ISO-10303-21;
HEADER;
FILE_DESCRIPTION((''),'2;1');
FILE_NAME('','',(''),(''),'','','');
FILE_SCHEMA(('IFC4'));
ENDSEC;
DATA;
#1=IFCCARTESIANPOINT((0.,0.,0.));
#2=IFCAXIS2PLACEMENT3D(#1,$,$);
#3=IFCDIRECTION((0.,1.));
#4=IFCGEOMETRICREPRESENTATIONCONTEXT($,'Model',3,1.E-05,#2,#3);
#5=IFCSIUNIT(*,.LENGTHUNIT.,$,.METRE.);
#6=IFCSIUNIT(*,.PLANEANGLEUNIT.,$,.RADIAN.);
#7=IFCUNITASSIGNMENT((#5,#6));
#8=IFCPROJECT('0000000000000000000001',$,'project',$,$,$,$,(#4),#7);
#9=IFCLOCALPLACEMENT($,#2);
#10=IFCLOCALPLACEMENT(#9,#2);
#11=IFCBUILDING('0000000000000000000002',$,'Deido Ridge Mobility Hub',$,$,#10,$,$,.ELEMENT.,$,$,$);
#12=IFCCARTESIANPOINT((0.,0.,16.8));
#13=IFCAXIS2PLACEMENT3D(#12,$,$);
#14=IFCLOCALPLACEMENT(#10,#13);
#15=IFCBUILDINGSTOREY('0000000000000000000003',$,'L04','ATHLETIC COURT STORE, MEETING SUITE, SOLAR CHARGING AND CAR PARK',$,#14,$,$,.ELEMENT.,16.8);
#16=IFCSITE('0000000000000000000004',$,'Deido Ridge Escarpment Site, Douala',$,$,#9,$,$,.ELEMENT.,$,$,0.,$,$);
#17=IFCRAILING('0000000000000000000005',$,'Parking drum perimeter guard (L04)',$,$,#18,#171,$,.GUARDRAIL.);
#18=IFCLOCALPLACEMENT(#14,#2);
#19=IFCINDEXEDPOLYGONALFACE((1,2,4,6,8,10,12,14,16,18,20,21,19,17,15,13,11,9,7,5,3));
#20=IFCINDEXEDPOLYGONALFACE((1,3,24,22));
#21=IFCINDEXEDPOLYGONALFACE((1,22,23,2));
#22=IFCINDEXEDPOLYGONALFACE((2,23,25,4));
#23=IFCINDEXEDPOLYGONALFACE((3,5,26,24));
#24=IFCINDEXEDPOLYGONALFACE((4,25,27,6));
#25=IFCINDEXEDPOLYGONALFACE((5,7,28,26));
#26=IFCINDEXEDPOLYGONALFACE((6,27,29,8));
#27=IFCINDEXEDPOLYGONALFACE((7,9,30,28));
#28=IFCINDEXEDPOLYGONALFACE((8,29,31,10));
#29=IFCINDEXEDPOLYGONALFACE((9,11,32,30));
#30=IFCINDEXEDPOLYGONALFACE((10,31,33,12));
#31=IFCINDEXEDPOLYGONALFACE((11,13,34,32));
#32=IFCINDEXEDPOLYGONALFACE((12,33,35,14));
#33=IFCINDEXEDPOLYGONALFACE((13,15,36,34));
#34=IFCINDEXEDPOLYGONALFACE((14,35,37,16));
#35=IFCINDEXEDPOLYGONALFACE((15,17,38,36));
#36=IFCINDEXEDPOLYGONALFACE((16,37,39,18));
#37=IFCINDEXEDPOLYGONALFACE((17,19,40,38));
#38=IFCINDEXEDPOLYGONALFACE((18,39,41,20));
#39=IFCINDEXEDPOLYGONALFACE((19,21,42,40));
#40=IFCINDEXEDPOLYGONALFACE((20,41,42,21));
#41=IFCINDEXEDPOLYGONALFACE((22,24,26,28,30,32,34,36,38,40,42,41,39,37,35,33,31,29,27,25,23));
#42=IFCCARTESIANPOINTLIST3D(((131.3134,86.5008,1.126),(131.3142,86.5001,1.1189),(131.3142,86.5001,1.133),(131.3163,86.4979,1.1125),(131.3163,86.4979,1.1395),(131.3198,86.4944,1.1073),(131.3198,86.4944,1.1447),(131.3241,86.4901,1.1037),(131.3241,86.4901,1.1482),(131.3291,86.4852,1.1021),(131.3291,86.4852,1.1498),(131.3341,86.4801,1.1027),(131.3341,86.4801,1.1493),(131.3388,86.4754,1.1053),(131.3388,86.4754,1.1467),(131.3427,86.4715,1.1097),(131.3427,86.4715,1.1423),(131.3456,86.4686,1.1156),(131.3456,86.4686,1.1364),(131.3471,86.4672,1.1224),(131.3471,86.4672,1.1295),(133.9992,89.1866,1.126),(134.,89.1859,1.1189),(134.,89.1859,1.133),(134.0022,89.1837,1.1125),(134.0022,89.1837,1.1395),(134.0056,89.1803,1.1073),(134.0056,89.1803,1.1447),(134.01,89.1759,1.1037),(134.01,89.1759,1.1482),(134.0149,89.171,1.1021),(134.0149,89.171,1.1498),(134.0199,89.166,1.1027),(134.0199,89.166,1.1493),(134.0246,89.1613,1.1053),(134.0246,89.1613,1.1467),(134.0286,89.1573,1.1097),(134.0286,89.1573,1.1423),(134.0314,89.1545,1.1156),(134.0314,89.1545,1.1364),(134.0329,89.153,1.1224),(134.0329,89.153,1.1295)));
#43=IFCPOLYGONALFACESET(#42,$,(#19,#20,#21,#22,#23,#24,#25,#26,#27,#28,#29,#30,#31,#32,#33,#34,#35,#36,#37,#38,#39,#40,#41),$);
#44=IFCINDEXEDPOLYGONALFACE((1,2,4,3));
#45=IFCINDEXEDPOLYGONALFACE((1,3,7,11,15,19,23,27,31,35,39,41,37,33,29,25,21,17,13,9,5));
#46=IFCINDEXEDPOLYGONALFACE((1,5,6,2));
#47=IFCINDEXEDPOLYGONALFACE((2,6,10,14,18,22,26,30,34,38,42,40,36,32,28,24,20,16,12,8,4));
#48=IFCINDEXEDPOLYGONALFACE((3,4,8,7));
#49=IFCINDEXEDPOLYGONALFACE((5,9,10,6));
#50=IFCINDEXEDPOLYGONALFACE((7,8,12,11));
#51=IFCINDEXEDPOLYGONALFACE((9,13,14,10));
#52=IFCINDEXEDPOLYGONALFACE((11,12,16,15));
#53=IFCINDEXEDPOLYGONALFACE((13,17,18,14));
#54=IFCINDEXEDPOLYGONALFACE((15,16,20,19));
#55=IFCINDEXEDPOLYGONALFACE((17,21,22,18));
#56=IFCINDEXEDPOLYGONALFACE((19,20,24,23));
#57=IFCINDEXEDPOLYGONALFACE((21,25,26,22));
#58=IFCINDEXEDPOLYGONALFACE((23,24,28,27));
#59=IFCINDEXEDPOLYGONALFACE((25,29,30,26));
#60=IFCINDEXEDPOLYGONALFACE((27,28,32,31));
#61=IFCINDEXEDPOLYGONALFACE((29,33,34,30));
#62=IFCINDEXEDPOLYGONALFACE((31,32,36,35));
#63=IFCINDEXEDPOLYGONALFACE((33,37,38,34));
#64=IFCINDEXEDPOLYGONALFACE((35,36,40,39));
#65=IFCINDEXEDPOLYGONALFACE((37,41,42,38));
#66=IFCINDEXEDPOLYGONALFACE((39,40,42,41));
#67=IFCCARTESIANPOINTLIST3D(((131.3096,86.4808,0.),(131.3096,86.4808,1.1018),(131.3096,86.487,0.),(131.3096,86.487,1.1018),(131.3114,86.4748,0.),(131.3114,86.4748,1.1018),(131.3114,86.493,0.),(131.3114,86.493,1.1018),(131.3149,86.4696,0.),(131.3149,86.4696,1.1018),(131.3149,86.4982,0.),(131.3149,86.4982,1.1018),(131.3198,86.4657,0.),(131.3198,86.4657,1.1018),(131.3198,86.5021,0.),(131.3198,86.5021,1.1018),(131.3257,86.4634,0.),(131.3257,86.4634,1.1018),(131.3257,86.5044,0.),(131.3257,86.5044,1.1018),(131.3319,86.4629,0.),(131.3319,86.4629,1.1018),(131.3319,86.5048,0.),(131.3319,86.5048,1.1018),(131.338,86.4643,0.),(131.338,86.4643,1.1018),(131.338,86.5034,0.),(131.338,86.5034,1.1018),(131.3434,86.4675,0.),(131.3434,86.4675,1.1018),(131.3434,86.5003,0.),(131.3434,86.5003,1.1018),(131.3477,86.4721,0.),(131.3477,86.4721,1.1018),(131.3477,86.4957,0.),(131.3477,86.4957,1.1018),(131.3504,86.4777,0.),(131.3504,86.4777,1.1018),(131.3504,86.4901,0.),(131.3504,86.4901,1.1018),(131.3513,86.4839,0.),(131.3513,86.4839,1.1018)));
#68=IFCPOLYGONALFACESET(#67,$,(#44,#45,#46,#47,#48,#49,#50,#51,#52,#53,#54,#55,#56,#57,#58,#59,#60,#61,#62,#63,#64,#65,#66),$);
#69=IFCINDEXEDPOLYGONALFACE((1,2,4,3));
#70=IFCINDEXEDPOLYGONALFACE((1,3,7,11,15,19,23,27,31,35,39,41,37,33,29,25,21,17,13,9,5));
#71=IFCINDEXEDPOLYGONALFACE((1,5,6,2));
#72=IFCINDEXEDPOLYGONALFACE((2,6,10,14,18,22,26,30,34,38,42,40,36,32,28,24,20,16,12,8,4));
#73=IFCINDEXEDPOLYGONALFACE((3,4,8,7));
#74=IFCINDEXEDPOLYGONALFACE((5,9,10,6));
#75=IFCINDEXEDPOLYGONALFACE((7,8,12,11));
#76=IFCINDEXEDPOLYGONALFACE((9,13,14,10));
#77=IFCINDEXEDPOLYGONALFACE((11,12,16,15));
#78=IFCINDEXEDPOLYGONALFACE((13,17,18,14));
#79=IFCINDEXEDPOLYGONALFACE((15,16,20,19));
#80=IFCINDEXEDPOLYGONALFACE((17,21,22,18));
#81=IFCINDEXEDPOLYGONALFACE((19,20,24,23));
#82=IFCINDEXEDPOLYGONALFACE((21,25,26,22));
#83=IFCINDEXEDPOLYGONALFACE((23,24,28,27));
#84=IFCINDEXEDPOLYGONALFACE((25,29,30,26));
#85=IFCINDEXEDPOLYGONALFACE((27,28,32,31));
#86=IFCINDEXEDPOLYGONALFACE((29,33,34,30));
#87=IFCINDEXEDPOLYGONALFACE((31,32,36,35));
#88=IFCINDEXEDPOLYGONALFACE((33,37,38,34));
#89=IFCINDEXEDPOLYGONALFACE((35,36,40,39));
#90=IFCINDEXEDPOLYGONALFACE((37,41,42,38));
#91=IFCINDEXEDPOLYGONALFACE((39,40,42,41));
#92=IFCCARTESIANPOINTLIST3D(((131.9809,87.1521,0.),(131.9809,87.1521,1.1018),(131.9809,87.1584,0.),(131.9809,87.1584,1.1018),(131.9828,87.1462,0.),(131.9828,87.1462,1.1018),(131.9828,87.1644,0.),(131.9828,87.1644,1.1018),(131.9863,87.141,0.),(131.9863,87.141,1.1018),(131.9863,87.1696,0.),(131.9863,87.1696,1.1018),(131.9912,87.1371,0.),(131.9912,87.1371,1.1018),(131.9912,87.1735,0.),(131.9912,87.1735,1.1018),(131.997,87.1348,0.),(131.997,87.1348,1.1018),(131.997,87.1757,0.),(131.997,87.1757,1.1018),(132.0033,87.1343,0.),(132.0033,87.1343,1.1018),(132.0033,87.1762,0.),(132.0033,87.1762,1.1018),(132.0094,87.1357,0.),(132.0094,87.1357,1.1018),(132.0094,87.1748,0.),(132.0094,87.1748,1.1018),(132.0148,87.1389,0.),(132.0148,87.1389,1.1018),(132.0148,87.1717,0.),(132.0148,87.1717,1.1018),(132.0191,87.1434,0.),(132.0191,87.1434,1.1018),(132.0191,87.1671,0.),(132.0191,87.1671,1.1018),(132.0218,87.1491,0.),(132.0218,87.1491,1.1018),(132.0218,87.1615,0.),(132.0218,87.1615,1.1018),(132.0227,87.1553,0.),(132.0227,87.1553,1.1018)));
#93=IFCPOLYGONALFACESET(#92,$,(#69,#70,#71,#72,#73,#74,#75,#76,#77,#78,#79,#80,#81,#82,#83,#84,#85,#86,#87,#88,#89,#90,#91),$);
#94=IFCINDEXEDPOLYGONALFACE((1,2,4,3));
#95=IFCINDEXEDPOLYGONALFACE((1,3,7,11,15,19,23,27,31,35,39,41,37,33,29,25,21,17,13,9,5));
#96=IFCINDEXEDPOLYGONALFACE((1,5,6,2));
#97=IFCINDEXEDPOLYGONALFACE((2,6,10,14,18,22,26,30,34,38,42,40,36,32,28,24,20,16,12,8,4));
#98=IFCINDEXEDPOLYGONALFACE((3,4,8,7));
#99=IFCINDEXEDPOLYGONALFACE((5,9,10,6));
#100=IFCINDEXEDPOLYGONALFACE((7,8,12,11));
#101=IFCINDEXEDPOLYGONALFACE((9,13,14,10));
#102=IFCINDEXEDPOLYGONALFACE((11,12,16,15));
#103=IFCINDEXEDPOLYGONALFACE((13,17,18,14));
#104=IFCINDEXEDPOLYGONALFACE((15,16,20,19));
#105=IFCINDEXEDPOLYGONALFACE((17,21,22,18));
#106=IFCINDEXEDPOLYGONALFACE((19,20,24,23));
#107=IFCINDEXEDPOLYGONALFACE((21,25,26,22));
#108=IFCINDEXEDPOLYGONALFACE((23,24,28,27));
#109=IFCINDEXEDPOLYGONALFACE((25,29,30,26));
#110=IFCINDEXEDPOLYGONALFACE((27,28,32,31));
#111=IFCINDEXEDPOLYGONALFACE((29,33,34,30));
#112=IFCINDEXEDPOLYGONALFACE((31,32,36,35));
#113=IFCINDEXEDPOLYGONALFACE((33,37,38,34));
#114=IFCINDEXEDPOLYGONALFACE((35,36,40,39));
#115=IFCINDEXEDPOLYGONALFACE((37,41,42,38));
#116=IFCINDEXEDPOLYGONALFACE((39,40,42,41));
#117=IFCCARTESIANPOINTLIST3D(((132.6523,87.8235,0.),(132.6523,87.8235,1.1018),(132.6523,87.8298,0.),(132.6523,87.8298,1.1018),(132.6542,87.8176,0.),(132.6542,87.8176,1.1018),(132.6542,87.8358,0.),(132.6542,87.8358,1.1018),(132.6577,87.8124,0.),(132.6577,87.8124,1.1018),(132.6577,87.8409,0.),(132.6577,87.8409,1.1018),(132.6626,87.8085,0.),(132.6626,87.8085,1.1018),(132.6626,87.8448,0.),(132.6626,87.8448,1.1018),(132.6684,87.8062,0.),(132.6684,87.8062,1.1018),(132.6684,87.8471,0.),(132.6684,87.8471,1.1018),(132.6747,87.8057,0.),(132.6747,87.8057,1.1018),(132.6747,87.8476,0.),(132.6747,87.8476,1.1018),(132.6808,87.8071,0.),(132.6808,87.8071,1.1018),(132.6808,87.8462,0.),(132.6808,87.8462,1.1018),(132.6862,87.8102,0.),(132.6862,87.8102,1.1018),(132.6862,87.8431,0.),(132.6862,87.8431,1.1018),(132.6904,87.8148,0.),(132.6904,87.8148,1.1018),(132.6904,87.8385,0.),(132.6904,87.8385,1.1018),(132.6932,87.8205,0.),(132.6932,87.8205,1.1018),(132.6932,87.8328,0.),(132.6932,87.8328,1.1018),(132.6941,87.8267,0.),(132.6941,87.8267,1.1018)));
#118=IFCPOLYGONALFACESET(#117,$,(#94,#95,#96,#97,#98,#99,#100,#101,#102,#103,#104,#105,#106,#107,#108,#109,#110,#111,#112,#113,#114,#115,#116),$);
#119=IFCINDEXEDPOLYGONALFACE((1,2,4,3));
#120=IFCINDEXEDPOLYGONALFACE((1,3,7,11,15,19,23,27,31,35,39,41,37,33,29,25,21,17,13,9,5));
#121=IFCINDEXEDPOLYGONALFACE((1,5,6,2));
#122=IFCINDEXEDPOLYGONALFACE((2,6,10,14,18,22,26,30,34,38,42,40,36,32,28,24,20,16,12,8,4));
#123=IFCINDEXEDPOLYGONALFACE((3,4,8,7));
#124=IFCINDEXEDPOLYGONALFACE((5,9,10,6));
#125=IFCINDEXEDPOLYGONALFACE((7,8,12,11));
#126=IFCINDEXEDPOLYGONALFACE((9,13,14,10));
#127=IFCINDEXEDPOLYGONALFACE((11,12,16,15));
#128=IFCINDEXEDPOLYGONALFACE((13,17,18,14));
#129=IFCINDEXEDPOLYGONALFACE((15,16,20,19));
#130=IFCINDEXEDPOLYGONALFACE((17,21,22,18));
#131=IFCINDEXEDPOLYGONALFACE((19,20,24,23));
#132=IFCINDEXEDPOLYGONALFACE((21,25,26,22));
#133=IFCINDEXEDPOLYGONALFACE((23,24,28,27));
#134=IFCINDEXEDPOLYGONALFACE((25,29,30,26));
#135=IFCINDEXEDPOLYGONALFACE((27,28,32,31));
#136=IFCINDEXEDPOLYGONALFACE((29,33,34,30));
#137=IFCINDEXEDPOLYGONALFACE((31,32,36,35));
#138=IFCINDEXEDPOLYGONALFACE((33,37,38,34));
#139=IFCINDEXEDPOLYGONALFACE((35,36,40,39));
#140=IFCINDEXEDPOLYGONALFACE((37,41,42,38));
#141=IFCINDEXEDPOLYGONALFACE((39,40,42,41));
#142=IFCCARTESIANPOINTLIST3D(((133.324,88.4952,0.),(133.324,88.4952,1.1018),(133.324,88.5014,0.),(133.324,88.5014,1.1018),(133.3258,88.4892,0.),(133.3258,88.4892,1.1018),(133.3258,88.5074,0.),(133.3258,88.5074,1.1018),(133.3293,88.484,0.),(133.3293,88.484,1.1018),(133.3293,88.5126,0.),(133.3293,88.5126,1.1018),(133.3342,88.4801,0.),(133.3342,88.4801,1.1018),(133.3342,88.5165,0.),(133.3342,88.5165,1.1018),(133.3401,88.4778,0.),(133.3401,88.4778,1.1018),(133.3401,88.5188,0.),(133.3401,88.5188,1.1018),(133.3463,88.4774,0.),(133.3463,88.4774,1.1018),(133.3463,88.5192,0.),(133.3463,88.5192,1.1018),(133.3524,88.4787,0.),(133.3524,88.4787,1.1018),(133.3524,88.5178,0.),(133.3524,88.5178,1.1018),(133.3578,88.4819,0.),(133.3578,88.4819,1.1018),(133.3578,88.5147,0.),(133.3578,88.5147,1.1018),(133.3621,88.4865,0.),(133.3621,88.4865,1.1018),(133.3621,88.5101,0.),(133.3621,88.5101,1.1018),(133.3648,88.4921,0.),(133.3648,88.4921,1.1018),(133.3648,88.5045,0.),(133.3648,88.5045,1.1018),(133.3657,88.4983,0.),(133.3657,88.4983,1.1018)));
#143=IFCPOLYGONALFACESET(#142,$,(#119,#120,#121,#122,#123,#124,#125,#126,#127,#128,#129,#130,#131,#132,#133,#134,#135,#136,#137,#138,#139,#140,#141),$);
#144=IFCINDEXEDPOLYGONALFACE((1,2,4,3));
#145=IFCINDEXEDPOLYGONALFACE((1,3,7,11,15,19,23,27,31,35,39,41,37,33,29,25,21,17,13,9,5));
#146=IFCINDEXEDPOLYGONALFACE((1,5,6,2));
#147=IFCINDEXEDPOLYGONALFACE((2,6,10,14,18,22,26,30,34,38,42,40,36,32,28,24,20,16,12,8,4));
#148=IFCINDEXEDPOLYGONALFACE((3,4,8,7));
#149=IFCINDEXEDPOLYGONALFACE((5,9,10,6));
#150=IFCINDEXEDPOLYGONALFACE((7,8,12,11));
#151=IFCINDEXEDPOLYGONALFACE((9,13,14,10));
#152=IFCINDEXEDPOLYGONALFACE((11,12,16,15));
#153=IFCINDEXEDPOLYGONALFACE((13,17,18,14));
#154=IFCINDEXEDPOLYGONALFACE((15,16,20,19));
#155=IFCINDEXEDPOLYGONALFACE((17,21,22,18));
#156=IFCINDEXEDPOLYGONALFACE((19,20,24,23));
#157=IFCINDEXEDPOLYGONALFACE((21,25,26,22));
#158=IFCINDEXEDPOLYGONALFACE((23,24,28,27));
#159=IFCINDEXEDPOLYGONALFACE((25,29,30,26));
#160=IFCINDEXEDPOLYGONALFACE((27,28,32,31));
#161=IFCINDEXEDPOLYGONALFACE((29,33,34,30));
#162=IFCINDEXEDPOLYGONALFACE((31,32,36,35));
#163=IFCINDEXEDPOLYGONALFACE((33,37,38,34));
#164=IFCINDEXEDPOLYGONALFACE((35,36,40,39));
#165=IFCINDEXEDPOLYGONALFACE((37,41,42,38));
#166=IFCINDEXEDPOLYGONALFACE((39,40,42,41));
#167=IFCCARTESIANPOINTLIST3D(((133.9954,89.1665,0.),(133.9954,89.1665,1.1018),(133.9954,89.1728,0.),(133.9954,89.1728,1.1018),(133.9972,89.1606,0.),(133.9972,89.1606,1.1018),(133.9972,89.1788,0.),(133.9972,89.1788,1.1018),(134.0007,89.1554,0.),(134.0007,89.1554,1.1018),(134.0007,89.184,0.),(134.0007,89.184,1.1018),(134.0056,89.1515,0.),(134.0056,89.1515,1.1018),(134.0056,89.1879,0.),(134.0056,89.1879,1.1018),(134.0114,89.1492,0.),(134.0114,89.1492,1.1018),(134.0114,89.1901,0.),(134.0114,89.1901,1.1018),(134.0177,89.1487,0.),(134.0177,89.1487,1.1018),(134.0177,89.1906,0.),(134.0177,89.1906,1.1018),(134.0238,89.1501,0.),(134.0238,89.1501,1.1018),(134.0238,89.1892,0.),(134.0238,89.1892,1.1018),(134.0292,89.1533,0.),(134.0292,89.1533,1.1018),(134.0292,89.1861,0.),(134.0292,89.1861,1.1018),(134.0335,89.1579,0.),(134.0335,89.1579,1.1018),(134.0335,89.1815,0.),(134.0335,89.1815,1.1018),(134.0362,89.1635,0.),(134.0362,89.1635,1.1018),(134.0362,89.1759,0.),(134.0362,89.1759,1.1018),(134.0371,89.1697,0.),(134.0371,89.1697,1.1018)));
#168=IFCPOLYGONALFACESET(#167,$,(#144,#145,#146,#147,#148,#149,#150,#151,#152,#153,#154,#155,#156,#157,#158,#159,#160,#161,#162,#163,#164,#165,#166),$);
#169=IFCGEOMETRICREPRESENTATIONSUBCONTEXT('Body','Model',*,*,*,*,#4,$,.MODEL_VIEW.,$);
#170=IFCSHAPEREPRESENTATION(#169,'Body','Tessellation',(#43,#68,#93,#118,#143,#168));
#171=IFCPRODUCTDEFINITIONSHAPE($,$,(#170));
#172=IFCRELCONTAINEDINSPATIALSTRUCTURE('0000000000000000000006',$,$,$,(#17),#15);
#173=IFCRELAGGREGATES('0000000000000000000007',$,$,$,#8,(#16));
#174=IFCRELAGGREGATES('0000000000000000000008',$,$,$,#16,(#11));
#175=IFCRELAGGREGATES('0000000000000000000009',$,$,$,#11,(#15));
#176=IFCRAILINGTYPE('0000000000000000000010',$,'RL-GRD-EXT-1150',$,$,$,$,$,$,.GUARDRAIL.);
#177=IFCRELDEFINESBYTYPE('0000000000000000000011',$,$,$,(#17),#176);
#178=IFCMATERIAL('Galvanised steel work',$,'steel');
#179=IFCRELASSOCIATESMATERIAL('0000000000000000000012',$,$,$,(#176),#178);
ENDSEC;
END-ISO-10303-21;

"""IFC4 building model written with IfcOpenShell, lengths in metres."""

from ifc_helpers import new_model, si_unit, direction, frame, origin, origin_2d, place, context, subcontext, project, spatial, circle, extrude, material, type_object, element, save


model = new_model("IFC4")

# Units and contexts
model_context = context("Model", 3, precision=1e-05, world=origin(), true_north=direction((0.0, 1.0)))
body_context = subcontext(model_context, "Body", "Model", "MODEL_VIEW")
ifc_project = project(units=[si_unit("LENGTHUNIT", "METRE"), si_unit("PLANEANGLEUNIT", "RADIAN")], contexts=[model_context])

# Site, building, storey
site_placement = place(None, origin())
site = spatial("IfcSite", under=ifc_project, at=site_placement, Name="Deido Ridge Escarpment Site, Douala", CompositionType="ELEMENT", RefElevation=0.0)
building_placement = place(site_placement, origin())
building = spatial("IfcBuilding", under=site, at=building_placement, Name="Deido Ridge Mobility Hub", CompositionType="ELEMENT")
storey_placement = place(building_placement, frame((0.0, 0.0, 16.8)))
storey = spatial("IfcBuildingStorey", under=building, at=storey_placement, Name="L04", Description="ATHLETIC COURT STORE, MEETING SUITE, SOLAR CHARGING AND CAR PARK", CompositionType="ELEMENT", Elevation=16.8)

# Railing
ifc_material_1 = material(Name="Galvanised steel work", Category="steel")
railing_type = type_object("IfcRailingType", Name="RL-GRD-EXT-1150", PredefinedType="GUARDRAIL", material=ifc_material_1)
railing_1_placement = place(storey_placement, frame((131.3303, 86.4839, 0.0)))
element("IfcRailing", 1, at=railing_1_placement, inside=storey, type_object=railing_type, Name="Parking drum perimeter guard (L04)", PredefinedType="GUARDRAIL", context=body_context, shape_type="SweptSolid", body=[
    extrude(circle(Radius=0.0239, at=origin_2d()), frame((0.0, 0.0, 1.126), z_axis=(0.707107, 0.707107, 0.0), x_axis=(-0.707107, 0.707107, 0.0)), (0.0, 0.0, 1.0), 3.7983),
    extrude(circle(Radius=0.021, at=origin_2d()), origin(), (0.0, 0.0, 1.0), 1.1018),
    extrude(circle(Radius=0.021, at=origin_2d()), frame((0.6714, 0.6714, 0.0)), (0.0, 0.0, 1.0), 1.1018),
    extrude(circle(Radius=0.021, at=origin_2d()), frame((1.3428, 1.3428, 0.0)), (0.0, 0.0, 1.0), 1.1018),
    extrude(circle(Radius=0.021, at=origin_2d()), frame((2.0144, 2.0144, 0.0)), (0.0, 0.0, 1.0), 1.1018),
    extrude(circle(Radius=0.021, at=origin_2d()), frame((2.6858, 2.6858, 0.0)), (0.0, 0.0, 1.0), 1.1018),
])

save(model, "model.ifc")
